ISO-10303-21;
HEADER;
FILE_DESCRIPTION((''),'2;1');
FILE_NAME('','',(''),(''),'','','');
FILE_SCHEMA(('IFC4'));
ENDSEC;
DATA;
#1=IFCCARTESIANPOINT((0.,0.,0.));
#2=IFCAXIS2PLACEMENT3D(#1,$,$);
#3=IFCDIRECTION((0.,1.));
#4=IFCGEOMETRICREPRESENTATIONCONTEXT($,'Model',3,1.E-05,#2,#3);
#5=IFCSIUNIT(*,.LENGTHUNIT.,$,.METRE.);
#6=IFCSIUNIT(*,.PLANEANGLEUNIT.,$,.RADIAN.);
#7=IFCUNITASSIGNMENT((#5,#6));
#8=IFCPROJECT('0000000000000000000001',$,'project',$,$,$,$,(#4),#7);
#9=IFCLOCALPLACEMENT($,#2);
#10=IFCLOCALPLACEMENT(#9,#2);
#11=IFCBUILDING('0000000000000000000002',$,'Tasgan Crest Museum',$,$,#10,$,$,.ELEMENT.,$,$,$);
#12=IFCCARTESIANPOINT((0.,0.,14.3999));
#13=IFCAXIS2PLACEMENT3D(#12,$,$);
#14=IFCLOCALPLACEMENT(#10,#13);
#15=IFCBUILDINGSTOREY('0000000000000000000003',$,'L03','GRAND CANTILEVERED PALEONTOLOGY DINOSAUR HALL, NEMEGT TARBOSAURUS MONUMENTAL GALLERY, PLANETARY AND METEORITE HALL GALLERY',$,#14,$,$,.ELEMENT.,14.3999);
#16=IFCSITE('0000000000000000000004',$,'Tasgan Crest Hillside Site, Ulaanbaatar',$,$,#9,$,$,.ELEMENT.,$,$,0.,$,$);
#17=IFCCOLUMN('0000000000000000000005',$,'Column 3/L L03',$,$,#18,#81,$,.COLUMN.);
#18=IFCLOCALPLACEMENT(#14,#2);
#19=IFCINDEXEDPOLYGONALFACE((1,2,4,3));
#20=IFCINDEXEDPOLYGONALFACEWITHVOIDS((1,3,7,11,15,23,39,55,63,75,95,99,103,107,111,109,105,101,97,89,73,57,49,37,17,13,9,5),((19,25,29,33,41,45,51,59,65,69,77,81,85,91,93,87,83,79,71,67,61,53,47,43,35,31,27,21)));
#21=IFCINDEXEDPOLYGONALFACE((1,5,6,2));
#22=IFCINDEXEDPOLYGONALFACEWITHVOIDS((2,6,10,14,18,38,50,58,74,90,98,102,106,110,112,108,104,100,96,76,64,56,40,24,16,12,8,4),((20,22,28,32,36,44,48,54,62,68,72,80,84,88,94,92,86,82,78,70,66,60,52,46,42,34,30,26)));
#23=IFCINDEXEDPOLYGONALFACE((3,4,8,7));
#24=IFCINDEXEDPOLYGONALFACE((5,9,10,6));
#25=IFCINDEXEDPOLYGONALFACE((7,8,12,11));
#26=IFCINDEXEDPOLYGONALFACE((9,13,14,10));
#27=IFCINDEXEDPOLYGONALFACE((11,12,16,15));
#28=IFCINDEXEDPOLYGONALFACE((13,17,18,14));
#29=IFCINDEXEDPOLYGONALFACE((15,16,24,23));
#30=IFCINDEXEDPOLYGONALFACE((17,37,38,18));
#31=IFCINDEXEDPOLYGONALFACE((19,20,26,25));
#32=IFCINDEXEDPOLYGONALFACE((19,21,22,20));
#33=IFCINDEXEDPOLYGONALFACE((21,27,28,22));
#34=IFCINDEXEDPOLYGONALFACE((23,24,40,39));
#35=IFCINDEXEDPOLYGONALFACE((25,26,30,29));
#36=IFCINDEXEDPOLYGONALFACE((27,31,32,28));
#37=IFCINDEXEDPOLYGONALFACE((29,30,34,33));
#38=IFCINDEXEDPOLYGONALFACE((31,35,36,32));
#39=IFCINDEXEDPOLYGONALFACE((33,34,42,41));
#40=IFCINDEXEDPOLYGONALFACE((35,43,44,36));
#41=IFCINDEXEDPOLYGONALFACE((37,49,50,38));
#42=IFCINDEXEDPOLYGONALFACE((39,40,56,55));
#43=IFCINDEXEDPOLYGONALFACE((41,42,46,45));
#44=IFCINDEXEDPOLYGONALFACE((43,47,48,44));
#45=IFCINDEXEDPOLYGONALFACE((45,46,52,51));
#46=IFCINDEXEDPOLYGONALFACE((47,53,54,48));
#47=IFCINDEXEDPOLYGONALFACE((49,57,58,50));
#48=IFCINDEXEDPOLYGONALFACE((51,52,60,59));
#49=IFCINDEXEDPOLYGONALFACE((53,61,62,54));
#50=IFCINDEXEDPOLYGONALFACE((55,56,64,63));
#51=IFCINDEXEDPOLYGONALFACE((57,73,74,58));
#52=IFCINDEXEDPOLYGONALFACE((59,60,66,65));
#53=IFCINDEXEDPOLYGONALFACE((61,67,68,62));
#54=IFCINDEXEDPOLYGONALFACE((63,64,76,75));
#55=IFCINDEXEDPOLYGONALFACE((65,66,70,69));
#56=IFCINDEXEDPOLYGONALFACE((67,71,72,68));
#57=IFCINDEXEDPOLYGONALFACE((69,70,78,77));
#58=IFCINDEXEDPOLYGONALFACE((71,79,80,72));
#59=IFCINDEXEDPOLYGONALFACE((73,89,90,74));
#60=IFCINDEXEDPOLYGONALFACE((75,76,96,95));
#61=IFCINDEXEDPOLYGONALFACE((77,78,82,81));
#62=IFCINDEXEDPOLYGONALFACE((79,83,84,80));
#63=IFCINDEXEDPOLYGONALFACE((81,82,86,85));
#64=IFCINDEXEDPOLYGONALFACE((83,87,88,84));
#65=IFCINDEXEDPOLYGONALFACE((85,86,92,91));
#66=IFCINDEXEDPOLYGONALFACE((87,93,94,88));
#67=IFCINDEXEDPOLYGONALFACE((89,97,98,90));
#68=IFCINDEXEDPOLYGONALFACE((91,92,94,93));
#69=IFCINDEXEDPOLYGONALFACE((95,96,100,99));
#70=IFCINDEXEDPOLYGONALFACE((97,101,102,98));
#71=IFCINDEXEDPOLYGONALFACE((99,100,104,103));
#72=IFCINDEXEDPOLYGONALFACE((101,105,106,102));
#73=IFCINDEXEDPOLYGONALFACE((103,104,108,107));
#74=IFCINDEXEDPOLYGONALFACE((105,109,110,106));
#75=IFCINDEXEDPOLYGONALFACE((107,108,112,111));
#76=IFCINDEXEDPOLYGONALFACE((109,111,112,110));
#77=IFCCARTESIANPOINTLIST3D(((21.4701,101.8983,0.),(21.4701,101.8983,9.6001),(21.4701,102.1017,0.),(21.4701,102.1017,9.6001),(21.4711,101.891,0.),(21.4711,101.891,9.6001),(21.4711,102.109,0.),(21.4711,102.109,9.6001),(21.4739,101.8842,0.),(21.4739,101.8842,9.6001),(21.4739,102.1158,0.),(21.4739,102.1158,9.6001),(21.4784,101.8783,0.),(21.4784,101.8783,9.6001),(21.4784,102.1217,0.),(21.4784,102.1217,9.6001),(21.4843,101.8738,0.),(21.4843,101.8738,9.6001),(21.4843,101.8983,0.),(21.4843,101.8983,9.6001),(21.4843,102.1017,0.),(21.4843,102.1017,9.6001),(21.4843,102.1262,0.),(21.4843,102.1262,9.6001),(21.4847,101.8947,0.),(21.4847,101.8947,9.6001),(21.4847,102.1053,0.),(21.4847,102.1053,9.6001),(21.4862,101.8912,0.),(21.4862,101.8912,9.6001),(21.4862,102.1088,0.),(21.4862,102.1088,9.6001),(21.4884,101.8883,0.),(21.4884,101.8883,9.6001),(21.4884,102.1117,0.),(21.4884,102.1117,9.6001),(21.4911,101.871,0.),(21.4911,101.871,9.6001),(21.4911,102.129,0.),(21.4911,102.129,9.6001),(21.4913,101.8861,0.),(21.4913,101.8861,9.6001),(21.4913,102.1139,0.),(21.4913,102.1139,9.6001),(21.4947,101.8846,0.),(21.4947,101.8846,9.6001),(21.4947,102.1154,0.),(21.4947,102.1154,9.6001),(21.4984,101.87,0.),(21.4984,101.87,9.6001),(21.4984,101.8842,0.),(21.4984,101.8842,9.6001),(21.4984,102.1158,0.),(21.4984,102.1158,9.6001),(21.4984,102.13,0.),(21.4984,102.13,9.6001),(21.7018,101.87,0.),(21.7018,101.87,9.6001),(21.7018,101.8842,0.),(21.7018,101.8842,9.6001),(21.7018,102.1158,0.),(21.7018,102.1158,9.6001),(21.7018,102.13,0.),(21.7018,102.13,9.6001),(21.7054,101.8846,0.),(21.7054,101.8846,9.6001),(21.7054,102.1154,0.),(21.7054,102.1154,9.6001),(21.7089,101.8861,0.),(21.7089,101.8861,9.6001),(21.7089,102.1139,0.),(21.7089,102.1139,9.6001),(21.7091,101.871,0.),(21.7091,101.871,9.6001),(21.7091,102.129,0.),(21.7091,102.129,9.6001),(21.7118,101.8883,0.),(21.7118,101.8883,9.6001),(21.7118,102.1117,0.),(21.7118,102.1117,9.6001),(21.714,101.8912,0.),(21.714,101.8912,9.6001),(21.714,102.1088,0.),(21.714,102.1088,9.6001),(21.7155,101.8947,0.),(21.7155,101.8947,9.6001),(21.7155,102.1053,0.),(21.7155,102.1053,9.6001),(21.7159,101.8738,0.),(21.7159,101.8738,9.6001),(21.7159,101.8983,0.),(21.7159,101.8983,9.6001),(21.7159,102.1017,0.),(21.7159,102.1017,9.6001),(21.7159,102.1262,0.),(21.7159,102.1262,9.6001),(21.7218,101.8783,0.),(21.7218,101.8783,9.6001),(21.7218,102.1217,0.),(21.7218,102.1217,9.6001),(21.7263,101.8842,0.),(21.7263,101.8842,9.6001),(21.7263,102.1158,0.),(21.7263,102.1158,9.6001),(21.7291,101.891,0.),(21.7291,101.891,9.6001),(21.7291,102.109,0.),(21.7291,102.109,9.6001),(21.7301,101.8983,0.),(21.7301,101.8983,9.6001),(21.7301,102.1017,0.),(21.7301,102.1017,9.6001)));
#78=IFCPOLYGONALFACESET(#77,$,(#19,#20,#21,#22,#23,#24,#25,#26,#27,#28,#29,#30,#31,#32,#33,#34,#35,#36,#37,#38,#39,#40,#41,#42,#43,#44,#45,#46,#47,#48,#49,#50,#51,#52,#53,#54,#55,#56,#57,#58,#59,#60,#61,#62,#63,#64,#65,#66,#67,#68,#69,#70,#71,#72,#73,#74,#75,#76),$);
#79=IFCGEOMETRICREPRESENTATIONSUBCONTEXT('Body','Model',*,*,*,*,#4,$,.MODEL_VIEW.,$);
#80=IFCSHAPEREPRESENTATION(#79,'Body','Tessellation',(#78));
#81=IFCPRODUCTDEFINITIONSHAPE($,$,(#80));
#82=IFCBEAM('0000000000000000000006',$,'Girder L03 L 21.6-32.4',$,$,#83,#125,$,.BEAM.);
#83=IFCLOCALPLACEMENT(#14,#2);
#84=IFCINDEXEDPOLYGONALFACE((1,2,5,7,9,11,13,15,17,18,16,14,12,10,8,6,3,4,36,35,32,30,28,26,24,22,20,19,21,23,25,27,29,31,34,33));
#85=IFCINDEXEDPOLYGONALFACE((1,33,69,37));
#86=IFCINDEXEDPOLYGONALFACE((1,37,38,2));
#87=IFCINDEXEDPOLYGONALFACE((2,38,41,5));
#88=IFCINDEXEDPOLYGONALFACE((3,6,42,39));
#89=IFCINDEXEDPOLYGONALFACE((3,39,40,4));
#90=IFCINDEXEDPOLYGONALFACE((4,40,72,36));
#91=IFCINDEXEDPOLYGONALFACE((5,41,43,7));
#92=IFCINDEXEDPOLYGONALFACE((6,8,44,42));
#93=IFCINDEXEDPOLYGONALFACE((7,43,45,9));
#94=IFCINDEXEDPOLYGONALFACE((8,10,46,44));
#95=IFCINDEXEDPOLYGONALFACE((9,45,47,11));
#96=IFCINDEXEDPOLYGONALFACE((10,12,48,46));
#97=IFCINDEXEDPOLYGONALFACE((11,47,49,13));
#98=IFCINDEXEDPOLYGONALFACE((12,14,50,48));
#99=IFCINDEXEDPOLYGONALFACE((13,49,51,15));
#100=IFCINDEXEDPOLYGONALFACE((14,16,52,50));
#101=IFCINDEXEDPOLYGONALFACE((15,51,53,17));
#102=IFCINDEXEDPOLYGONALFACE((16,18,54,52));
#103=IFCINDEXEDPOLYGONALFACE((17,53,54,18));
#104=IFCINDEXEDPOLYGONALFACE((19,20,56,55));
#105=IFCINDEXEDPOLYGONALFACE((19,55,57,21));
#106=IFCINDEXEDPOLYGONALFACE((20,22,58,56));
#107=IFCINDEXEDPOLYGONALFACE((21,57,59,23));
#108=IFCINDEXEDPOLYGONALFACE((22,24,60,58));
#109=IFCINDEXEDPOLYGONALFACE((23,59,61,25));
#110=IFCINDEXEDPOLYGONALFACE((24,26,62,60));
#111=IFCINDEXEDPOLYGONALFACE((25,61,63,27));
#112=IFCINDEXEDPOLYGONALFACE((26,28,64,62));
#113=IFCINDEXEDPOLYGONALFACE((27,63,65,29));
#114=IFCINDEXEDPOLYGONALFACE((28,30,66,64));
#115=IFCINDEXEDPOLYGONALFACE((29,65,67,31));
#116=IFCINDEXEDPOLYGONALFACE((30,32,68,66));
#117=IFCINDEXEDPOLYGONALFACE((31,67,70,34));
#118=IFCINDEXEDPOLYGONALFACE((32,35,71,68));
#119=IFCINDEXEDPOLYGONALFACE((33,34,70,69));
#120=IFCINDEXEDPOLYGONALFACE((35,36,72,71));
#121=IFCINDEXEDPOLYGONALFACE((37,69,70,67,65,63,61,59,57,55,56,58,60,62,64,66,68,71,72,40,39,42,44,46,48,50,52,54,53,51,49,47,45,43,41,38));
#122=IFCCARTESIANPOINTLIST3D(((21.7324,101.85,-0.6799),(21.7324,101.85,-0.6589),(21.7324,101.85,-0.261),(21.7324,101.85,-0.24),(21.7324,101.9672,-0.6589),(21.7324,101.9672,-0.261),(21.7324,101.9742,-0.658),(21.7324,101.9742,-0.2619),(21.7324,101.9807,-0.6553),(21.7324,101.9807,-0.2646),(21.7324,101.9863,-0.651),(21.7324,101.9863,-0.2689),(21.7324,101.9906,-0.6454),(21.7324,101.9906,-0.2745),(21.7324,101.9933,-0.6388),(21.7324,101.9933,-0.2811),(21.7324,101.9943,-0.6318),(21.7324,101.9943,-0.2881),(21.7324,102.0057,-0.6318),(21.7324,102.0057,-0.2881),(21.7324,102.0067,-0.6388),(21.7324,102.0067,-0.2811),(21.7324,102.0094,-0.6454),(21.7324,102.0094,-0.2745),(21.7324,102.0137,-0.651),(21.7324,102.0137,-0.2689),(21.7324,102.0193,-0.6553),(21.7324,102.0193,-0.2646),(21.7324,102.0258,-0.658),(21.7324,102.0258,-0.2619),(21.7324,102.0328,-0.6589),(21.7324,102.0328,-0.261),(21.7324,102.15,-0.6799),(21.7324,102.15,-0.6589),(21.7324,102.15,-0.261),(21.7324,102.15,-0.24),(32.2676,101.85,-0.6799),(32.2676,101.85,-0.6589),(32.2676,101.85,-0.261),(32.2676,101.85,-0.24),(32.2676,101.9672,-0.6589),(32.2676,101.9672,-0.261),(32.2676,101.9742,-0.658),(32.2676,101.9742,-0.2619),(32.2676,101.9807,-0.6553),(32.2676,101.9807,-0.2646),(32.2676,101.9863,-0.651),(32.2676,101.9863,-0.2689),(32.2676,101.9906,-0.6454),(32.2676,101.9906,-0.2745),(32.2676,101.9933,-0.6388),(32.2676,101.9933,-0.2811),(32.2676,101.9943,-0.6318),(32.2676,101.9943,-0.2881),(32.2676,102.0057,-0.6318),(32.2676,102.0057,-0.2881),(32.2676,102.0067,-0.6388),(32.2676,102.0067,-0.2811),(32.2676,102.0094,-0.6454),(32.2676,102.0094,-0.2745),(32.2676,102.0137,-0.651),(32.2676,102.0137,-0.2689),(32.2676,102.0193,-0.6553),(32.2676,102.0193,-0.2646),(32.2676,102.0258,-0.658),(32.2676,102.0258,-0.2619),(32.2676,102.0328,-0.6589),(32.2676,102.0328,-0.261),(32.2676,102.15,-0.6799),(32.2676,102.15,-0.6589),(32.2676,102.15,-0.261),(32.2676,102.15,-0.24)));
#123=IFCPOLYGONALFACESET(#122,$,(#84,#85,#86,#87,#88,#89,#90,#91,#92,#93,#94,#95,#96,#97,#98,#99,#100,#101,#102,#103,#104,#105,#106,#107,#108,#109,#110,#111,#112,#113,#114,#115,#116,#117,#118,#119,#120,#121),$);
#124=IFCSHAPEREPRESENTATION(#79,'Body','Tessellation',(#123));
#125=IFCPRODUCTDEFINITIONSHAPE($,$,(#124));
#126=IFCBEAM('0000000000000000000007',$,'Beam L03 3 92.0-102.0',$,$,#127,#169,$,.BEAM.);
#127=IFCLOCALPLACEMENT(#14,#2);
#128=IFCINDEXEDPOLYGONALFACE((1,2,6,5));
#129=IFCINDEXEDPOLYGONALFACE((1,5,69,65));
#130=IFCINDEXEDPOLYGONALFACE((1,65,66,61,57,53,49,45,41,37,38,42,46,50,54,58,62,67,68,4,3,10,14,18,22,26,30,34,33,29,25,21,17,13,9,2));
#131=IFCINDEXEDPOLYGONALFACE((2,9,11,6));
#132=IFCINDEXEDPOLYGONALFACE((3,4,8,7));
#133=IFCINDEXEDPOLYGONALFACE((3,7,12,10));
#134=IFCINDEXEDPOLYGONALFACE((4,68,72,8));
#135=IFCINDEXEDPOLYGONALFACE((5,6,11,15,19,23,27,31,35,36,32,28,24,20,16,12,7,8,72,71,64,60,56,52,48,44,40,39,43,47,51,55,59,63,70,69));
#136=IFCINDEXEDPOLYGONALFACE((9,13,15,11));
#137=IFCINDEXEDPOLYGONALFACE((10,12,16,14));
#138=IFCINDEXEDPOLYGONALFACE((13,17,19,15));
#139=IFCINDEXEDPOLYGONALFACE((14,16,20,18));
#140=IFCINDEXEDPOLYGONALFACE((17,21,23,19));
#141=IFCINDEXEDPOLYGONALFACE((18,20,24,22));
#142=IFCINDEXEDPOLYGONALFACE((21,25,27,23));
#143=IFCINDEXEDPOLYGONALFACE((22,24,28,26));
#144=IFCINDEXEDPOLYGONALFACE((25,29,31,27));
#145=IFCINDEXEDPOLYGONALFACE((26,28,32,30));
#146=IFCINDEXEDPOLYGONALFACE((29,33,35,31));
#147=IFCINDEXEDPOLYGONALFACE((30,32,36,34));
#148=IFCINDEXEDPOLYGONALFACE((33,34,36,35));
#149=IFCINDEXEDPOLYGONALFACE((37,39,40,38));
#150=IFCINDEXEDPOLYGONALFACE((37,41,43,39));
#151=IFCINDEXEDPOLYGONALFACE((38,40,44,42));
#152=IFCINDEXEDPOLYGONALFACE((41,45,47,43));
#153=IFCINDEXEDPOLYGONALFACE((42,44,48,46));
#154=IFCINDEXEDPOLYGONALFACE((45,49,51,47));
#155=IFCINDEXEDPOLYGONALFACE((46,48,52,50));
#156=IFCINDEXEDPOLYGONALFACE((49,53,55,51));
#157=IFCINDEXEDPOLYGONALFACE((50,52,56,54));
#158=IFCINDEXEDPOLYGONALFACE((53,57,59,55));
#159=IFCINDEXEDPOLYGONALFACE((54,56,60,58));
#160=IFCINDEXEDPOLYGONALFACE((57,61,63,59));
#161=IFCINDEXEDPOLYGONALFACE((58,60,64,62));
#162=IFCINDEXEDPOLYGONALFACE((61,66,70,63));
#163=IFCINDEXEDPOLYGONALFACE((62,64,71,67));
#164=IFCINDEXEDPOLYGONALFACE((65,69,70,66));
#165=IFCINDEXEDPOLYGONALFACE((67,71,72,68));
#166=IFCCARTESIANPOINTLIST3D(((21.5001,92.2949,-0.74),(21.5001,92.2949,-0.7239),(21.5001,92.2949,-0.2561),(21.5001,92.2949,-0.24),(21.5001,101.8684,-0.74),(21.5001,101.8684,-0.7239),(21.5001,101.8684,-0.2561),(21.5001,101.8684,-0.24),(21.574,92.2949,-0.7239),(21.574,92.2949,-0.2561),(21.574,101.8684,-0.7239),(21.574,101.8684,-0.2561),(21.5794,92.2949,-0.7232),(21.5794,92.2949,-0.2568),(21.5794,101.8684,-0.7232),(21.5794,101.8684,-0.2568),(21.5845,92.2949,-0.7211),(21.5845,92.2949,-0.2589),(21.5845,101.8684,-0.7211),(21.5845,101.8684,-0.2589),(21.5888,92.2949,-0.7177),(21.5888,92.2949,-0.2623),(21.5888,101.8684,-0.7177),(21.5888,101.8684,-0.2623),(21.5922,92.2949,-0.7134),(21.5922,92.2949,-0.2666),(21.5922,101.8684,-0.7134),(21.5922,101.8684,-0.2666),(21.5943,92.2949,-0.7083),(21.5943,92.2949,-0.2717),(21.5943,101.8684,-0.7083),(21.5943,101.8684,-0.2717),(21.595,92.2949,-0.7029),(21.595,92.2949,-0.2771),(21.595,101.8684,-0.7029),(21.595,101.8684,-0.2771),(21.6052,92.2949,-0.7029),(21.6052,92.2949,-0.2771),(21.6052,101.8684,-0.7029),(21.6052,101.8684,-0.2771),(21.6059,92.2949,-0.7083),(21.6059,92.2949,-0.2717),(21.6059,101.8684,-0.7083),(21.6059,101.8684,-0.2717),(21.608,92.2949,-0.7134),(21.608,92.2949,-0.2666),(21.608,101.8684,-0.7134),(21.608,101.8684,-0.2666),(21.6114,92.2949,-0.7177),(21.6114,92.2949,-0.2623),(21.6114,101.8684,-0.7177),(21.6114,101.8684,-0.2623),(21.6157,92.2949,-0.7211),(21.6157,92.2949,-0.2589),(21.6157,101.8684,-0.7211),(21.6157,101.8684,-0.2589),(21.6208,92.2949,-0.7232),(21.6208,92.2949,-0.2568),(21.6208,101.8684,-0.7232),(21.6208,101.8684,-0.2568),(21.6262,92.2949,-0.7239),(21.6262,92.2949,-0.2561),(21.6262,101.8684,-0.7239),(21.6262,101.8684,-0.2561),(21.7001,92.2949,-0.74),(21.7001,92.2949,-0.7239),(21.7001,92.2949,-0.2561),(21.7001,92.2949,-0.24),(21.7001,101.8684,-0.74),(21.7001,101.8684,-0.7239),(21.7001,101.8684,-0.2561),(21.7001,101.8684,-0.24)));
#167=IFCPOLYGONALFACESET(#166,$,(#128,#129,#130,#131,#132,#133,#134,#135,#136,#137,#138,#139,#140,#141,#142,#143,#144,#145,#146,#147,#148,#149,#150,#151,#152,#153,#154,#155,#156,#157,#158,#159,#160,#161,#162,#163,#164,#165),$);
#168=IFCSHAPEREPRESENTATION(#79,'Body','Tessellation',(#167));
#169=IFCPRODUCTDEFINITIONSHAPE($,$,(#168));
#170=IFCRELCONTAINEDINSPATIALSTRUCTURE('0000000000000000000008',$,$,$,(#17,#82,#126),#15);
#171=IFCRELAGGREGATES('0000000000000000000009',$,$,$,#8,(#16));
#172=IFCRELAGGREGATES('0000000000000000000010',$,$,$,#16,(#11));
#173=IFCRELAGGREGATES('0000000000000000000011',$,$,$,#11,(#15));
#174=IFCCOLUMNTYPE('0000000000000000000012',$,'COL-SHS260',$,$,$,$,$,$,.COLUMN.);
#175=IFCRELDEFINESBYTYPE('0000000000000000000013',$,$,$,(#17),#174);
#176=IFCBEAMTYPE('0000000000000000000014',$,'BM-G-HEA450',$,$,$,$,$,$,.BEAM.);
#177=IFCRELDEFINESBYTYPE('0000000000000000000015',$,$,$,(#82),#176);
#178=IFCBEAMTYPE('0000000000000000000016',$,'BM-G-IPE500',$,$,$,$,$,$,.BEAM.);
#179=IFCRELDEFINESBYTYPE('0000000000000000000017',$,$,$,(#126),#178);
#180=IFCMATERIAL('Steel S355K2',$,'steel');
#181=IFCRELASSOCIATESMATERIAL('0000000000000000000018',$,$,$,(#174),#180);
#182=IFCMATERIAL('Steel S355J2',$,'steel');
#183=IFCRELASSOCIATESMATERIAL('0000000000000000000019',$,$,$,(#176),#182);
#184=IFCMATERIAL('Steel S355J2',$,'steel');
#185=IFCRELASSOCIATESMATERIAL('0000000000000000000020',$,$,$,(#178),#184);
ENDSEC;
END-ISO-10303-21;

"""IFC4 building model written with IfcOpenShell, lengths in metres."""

from ifc_helpers import new_model, si_unit, direction, frame, origin, origin_2d, place, context, subcontext, project, spatial, hollow_rectangle, i_section, extrude, material, material_profile, profile_set, type_object, element, save


model = new_model("IFC4")

# Units and contexts
model_context = context("Model", 3, precision=1e-05, world=origin(), true_north=direction((0.0, 1.0)))
body_context = subcontext(model_context, "Body", "Model", "MODEL_VIEW")
ifc_project = project(units=[si_unit("LENGTHUNIT", "METRE"), si_unit("PLANEANGLEUNIT", "RADIAN")], contexts=[model_context])

# Site, building, storey
site_placement = place(None, origin())
site = spatial("IfcSite", under=ifc_project, at=site_placement, Name="Tasgan Crest Hillside Site, Ulaanbaatar", CompositionType="ELEMENT", RefElevation=0.0)
building_placement = place(site_placement, origin())
building = spatial("IfcBuilding", under=site, at=building_placement, Name="Tasgan Crest Museum", CompositionType="ELEMENT")
storey_placement = place(building_placement, frame((0.0, 0.0, 14.3999)))
storey = spatial("IfcBuildingStorey", under=building, at=storey_placement, Name="L03", Description="GRAND CANTILEVERED PALEONTOLOGY DINOSAUR HALL, NEMEGT TARBOSAURUS MONUMENTAL GALLERY, PLANETARY AND METEORITE HALL GALLERY", CompositionType="ELEMENT", Elevation=14.3999)

# Column
ifc_material_1 = material(Name="Steel S355K2", Category="steel")
ifc_material_profile_1 = material_profile(ifc_material_1, hollow_rectangle(XDim=0.26, YDim=0.26, WallThickness=0.0142, InnerFilletRadius=0.0142, OuterFilletRadius=0.0283, at=origin_2d()), Name="SHS 260x260x14.2")
ifc_profile_set_1 = profile_set([ifc_material_profile_1], Name="Steel S355K2")
column_type = type_object("IfcColumnType", Name="COL-SHS260", PredefinedType="COLUMN", material=ifc_profile_set_1)
column_placement = place(storey_placement, frame((21.6001, 102.0, 0.0), z_axis=(0.0, 0.0, 1.0), x_axis=(1.0, 0.0, 0.0)))
element("IfcColumn", 1, at=column_placement, inside=storey, type_object=column_type, Name="Column 3/L L03", PredefinedType="COLUMN", context=body_context, shape_type="SweptSolid", body=[
    extrude(hollow_rectangle(XDim=0.26, YDim=0.26, WallThickness=0.0142, InnerFilletRadius=0.0142, OuterFilletRadius=0.0283, at=origin_2d()), origin(), (0.0, 0.0, 1.0), 9.6001),
])

# Beams
ifc_material_2 = material(Name="Steel S355J2", Category="steel")
ifc_material_profile_2 = material_profile(ifc_material_2, i_section(OverallWidth=0.3, OverallDepth=0.4399, WebThickness=0.0115, FlangeThickness=0.021, FilletRadius=0.0271, at=origin_2d()), Name="HEA 450")
ifc_profile_set_2 = profile_set([ifc_material_profile_2], Name="Steel S355J2")
beam_type_1 = type_object("IfcBeamType", Name="BM-G-HEA450", PredefinedType="BEAM", material=ifc_profile_set_2)
beam_1_placement = place(storey_placement, frame((21.7324, 102.0, -0.46), z_axis=(1.0, 0.0, 0.0), x_axis=(0.0, 1.0, 0.0)))
element("IfcBeam", 2, at=beam_1_placement, inside=storey, type_object=beam_type_1, Name="Girder L03 L 21.6-32.4", PredefinedType="BEAM", context=body_context, shape_type="SweptSolid", body=[
    extrude(i_section(OverallWidth=0.3, OverallDepth=0.4399, WebThickness=0.0115, FlangeThickness=0.021, FilletRadius=0.0271, at=origin_2d()), origin(), (0.0, 0.0, 1.0), 10.5352),
])
ifc_material_3 = material(Name="Steel S355J2", Category="steel")
ifc_material_profile_3 = material_profile(ifc_material_3, i_section(OverallWidth=0.2, OverallDepth=0.5, WebThickness=0.0103, FlangeThickness=0.0161, FilletRadius=0.021, at=origin_2d()), Name="IPE 500")
ifc_profile_set_3 = profile_set([ifc_material_profile_3], Name="Steel S355J2")
beam_type_2 = type_object("IfcBeamType", Name="BM-G-IPE500", PredefinedType="BEAM", material=ifc_profile_set_3)
beam_2_placement = place(storey_placement, frame((21.6001, 92.2949, -0.49), z_axis=(0.0, 1.0, 0.0), x_axis=(-1.0, 0.0, 0.0)))
element("IfcBeam", 3, at=beam_2_placement, inside=storey, type_object=beam_type_2, Name="Beam L03 3 92.0-102.0", PredefinedType="BEAM", context=body_context, shape_type="SweptSolid", body=[
    extrude(i_section(OverallWidth=0.2, OverallDepth=0.5, WebThickness=0.0103, FlangeThickness=0.0161, FilletRadius=0.021, at=origin_2d()), origin(), (0.0, 0.0, 1.0), 9.5735),
])

save(model, "model.ifc")
